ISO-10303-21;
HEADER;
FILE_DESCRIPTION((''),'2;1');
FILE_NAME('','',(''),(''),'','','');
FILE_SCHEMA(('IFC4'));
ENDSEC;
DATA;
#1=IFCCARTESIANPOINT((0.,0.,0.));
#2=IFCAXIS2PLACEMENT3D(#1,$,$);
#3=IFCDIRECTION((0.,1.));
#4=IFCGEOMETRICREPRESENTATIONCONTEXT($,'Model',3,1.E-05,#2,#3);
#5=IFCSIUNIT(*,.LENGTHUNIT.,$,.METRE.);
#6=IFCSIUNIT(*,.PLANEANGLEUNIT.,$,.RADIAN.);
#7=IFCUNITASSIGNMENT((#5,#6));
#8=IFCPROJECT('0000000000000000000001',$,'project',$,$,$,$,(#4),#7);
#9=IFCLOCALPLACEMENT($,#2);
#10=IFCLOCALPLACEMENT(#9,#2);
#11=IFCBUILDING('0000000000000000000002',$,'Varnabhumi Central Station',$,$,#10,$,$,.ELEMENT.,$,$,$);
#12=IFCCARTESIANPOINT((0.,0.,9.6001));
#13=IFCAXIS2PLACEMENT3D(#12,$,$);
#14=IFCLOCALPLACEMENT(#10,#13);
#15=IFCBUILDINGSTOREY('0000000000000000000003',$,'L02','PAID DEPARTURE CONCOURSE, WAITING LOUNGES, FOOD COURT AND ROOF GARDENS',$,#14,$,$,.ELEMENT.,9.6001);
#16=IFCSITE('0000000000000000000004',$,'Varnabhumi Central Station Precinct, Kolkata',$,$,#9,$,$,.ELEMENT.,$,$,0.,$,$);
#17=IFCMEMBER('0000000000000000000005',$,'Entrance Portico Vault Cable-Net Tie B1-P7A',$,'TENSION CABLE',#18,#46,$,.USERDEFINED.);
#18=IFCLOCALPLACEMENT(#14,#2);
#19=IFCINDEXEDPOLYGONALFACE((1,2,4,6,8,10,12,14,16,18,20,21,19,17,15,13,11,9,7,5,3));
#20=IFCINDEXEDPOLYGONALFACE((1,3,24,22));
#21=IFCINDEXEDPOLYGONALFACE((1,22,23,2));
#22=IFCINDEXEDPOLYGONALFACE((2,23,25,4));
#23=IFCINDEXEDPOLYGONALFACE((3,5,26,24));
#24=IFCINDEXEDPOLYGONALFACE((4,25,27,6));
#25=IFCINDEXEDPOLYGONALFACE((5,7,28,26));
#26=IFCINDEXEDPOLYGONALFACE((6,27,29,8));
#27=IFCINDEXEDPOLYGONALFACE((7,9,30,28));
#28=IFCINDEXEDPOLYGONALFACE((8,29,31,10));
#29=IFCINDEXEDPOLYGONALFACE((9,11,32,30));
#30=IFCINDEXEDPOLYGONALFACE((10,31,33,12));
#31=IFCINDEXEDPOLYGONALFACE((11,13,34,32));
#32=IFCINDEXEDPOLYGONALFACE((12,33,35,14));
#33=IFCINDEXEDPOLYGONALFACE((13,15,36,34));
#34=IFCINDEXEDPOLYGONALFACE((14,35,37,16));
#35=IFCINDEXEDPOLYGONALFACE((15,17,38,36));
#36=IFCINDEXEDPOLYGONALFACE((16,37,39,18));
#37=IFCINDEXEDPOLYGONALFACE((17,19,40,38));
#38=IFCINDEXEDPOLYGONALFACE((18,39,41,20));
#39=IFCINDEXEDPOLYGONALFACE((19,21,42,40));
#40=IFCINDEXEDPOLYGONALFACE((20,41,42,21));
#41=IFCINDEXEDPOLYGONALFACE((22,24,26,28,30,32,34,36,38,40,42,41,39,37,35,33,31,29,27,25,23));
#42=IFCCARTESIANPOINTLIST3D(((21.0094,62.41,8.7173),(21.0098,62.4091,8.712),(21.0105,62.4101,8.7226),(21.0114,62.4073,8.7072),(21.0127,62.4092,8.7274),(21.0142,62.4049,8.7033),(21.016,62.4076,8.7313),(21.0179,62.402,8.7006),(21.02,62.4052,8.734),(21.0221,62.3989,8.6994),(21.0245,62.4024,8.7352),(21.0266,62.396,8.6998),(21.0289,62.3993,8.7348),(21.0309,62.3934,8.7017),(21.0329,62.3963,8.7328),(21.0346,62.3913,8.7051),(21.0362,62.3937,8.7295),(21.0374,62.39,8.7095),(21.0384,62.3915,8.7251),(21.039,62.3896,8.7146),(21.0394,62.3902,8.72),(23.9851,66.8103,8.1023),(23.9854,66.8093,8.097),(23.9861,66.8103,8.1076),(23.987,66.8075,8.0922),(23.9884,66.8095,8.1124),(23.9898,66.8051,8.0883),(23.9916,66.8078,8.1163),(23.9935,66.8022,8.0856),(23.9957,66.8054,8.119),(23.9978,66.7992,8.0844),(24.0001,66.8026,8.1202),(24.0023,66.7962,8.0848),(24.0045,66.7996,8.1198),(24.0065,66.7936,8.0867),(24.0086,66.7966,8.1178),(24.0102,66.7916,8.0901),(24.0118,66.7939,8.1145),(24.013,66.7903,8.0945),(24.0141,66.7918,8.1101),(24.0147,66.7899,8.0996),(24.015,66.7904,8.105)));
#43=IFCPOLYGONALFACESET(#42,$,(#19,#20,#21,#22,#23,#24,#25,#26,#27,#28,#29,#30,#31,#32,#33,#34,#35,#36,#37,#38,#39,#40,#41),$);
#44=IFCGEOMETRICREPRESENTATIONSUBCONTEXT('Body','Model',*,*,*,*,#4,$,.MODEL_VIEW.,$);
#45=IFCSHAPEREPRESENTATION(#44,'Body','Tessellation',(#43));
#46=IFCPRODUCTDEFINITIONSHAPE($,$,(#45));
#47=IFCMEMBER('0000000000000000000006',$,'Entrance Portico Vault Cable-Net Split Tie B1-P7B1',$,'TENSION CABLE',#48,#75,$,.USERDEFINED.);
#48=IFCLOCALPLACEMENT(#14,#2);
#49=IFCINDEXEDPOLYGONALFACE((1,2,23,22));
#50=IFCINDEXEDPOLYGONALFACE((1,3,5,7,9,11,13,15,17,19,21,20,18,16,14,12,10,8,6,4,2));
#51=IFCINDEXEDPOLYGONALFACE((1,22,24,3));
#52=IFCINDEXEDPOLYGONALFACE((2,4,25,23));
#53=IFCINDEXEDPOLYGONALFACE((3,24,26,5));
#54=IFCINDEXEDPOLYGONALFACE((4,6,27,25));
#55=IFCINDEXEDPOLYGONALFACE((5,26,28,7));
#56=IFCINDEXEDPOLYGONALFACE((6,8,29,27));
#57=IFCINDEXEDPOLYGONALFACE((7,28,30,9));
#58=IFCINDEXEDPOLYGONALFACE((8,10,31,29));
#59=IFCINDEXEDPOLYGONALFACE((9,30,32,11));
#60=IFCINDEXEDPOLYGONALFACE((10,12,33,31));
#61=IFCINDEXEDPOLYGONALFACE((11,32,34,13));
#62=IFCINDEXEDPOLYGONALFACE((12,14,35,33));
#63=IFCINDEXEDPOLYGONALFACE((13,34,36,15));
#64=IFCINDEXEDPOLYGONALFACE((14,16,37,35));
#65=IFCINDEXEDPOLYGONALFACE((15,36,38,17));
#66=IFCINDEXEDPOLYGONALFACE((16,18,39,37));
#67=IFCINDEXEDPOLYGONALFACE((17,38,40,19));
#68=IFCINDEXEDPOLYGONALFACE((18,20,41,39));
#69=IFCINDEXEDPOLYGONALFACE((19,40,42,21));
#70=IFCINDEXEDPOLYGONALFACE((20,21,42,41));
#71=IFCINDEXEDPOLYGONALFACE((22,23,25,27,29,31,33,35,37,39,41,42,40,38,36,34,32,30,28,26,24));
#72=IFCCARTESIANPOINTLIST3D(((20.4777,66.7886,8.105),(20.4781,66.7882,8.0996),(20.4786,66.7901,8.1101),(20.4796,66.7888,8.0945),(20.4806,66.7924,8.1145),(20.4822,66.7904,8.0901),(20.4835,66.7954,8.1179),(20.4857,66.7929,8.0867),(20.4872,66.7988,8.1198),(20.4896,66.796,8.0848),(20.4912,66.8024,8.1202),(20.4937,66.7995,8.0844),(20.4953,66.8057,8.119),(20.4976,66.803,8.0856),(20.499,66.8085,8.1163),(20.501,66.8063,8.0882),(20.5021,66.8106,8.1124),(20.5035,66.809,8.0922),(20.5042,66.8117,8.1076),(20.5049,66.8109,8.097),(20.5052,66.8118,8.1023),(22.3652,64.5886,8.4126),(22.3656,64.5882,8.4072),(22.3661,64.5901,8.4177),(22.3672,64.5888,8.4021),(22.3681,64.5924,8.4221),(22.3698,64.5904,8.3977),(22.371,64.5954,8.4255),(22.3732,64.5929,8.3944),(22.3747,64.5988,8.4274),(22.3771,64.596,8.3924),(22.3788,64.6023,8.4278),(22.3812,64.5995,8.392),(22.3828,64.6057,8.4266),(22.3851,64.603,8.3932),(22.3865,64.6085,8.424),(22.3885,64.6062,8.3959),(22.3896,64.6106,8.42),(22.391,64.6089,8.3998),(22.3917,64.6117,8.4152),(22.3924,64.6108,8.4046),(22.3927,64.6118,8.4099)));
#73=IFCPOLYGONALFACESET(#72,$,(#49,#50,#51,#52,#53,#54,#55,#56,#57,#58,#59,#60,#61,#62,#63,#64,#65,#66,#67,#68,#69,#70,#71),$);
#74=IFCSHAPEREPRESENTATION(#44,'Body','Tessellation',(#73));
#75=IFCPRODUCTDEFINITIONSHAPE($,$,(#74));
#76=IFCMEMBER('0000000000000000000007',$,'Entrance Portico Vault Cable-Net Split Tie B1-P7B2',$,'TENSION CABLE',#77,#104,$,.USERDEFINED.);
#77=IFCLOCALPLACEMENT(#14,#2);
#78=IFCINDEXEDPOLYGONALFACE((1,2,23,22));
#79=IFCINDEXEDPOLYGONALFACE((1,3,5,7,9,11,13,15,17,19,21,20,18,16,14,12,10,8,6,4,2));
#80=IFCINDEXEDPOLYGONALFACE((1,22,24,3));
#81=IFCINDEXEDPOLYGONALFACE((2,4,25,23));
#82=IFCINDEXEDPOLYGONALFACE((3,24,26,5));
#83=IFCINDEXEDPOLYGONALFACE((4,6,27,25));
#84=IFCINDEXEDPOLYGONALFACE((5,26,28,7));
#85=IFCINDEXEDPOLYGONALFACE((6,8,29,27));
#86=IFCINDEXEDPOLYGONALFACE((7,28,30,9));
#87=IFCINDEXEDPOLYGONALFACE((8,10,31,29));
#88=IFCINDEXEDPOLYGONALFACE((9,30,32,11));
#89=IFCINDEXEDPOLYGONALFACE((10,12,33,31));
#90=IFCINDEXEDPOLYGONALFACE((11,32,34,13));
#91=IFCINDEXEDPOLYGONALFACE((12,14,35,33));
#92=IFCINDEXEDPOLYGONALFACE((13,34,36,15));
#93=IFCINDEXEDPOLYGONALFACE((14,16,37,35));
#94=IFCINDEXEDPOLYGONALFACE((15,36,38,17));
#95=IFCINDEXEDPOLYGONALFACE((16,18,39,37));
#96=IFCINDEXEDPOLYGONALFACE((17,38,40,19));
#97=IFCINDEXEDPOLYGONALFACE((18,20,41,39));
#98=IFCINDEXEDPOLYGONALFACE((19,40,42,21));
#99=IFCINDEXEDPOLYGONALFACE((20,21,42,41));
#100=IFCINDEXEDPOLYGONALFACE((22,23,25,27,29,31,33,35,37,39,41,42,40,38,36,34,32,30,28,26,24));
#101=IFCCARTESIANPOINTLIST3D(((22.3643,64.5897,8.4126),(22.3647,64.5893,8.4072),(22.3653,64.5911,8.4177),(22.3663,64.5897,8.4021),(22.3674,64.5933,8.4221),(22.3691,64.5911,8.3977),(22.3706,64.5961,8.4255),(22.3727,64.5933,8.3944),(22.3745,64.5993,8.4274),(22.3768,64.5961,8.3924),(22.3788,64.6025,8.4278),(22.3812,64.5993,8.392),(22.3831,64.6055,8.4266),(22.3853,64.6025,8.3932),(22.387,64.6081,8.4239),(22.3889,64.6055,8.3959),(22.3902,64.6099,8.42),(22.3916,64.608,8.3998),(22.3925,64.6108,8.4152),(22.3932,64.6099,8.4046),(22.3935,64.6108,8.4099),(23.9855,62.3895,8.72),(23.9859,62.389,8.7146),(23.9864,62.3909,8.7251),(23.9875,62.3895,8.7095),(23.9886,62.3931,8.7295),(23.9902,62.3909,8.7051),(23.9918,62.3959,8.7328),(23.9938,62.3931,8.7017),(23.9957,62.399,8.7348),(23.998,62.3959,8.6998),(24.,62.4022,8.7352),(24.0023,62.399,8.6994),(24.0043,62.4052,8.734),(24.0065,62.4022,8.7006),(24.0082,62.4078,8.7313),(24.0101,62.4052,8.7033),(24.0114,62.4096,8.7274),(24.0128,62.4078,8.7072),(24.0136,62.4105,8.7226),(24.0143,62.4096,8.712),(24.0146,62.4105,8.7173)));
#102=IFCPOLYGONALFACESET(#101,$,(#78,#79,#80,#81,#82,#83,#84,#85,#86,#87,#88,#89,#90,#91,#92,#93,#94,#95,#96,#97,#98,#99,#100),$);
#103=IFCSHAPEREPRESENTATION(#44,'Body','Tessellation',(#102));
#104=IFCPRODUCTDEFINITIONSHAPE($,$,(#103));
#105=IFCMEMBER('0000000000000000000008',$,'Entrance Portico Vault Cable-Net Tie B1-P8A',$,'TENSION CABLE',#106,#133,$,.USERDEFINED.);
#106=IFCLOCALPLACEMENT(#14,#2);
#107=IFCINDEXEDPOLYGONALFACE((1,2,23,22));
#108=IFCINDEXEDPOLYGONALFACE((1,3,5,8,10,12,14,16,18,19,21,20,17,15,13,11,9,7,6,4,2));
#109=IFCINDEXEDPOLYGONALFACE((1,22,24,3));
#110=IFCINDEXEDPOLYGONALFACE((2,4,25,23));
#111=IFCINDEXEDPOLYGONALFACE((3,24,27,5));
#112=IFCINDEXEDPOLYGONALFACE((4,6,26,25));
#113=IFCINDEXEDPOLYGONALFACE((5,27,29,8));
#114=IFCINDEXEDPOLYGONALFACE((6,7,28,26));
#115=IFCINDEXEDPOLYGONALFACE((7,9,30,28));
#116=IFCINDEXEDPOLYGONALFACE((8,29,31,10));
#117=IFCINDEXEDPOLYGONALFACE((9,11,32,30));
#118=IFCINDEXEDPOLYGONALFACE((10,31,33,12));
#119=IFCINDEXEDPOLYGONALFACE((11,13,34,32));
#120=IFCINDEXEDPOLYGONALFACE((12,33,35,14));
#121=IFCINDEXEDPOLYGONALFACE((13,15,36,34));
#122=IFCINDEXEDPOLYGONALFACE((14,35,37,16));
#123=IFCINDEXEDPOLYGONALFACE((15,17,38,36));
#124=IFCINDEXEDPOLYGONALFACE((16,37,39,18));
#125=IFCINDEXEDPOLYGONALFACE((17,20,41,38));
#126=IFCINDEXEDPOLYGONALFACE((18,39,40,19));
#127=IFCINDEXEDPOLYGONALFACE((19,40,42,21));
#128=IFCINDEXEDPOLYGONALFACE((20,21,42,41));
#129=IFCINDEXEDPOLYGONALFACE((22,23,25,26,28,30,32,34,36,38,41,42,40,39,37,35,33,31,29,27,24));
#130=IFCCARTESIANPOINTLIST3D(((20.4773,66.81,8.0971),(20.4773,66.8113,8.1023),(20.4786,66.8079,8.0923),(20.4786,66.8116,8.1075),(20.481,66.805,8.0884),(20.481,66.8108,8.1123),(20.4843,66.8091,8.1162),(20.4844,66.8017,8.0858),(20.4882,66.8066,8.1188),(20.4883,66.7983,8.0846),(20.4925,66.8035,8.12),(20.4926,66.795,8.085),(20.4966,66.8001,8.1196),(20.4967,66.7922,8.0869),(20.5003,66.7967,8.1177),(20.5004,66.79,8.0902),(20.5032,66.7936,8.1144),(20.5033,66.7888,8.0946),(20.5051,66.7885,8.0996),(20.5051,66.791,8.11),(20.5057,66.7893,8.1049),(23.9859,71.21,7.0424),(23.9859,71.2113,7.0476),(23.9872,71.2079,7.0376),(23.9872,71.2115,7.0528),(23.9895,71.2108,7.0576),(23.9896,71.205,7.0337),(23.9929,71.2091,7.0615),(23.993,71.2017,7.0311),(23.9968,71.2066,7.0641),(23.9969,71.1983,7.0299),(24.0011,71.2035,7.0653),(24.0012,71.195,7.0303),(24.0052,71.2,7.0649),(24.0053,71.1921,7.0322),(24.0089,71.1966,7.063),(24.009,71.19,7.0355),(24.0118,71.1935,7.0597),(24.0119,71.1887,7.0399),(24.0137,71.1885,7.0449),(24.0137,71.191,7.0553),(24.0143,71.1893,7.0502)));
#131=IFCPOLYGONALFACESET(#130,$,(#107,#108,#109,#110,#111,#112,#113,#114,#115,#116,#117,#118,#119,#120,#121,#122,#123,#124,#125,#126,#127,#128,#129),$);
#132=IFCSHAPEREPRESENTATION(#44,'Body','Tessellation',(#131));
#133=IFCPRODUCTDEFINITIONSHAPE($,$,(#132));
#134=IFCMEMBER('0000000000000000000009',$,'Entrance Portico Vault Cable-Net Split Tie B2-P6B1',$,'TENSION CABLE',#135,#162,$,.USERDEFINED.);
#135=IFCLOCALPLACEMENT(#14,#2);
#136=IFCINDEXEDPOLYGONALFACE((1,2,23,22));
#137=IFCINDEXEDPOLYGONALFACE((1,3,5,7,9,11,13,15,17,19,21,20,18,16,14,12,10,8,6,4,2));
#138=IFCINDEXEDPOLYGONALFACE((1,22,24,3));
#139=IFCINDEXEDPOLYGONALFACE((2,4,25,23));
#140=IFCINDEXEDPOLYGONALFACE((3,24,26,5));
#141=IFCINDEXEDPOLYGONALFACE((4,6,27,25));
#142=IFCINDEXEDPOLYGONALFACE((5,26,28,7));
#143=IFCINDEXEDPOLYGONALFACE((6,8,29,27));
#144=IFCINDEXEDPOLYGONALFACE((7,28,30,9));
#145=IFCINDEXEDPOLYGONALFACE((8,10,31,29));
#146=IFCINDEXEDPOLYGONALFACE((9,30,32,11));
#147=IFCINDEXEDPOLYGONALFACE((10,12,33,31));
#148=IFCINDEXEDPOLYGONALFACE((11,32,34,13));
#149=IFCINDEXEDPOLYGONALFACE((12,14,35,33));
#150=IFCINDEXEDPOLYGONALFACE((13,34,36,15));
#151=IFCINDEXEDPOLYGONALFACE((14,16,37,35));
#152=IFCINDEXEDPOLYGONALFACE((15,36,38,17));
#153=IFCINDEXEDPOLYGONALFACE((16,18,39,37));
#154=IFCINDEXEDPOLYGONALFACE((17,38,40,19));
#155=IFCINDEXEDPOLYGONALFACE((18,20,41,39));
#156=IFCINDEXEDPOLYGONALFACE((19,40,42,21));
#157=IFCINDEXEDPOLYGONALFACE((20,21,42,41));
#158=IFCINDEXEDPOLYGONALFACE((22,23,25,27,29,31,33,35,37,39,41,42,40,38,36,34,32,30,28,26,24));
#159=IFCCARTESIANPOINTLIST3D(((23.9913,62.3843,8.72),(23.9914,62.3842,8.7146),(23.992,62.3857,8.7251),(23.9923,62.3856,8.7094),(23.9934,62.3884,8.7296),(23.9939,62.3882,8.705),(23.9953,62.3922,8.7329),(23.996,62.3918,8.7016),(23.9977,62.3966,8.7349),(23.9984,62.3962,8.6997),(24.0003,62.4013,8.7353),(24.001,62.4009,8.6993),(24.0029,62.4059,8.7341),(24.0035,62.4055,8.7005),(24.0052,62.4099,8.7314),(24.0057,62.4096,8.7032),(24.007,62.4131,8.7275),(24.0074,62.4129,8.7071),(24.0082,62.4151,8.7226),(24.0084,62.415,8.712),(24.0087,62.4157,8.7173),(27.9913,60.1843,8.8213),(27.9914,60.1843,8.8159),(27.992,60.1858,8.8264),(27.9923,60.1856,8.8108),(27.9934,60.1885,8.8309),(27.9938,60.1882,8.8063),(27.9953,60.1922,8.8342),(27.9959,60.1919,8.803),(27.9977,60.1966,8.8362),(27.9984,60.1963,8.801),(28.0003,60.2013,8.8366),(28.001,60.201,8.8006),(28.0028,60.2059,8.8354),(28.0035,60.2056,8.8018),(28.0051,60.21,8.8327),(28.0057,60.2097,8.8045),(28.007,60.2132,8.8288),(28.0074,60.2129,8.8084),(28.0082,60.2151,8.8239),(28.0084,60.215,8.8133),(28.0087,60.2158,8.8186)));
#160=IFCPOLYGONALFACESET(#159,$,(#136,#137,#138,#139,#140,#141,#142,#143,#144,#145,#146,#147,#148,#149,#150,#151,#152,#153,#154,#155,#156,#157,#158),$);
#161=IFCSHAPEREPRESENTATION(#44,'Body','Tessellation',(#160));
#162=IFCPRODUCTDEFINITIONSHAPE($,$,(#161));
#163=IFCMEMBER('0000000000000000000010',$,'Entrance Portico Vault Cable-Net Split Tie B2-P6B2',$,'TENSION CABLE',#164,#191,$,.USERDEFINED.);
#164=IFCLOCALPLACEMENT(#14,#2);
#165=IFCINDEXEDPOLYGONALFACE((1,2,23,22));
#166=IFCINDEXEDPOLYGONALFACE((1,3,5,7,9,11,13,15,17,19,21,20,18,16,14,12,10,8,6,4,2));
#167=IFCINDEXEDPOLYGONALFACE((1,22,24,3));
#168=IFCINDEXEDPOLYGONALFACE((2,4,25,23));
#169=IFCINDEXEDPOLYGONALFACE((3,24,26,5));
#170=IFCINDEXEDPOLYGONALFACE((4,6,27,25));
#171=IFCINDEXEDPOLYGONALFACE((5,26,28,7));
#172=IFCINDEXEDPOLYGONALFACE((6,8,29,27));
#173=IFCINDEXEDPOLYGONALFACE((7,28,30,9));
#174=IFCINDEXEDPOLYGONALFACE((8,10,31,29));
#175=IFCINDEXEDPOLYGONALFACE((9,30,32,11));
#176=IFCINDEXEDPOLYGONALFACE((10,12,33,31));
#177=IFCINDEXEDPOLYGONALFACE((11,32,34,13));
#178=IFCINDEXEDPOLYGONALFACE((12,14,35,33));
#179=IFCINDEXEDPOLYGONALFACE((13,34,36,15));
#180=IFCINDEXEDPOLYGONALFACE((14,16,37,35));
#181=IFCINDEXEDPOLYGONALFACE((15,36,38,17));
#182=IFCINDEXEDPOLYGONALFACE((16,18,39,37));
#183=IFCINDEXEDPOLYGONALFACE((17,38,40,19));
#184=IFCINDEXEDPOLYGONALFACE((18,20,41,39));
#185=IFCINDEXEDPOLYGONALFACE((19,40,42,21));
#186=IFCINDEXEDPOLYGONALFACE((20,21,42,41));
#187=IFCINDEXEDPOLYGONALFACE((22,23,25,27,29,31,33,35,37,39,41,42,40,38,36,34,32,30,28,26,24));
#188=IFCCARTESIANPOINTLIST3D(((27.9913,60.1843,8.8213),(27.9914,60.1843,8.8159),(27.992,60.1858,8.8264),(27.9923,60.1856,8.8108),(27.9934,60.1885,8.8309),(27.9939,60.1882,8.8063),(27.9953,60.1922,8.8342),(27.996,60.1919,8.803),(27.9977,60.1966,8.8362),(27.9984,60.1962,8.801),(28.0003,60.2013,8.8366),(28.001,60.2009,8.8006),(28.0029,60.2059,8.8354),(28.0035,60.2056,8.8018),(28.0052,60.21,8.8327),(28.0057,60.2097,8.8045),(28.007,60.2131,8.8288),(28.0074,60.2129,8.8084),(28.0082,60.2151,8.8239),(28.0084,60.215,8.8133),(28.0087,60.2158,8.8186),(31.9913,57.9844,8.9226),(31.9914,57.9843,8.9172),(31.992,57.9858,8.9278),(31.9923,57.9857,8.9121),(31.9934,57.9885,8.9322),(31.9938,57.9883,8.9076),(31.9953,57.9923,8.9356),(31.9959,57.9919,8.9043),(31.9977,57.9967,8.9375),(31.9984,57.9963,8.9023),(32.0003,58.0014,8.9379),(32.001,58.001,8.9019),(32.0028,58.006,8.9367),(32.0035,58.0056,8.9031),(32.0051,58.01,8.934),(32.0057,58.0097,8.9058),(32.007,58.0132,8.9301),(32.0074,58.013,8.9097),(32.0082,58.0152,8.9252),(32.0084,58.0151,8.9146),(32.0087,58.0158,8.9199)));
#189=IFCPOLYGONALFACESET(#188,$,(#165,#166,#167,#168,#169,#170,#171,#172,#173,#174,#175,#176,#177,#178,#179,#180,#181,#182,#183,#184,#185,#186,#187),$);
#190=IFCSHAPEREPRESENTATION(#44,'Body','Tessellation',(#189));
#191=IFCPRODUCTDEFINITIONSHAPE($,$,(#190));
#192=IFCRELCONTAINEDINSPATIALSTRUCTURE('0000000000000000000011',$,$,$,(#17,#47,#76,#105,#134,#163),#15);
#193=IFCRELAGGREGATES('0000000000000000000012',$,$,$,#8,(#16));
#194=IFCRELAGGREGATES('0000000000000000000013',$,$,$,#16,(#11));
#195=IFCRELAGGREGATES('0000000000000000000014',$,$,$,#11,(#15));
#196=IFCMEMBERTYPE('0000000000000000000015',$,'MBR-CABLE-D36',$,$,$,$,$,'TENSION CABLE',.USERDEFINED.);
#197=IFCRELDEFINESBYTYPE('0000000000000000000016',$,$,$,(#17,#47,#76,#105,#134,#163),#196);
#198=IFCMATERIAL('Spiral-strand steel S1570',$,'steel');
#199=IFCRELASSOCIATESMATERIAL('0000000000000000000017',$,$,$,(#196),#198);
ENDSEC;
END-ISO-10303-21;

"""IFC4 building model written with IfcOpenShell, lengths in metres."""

from ifc_helpers import new_model, si_unit, direction, frame, origin, origin_2d, place, context, subcontext, project, spatial, circle, extrude, material, material_profile, profile_set, type_object, element, save


model = new_model("IFC4")

# Units and contexts
model_context = context("Model", 3, precision=1e-05, world=origin(), true_north=direction((0.0, 1.0)))
body_context = subcontext(model_context, "Body", "Model", "MODEL_VIEW")
ifc_project = project(units=[si_unit("LENGTHUNIT", "METRE"), si_unit("PLANEANGLEUNIT", "RADIAN")], contexts=[model_context])

# Site, building, storey
site_placement = place(None, origin())
site = spatial("IfcSite", under=ifc_project, at=site_placement, Name="Varnabhumi Central Station Precinct, Kolkata", CompositionType="ELEMENT", RefElevation=0.0)
building_placement = place(site_placement, origin())
building = spatial("IfcBuilding", under=site, at=building_placement, Name="Varnabhumi Central Station", CompositionType="ELEMENT")
storey_placement = place(building_placement, frame((0.0, 0.0, 9.6001)))
storey = spatial("IfcBuildingStorey", under=building, at=storey_placement, Name="L02", Description="PAID DEPARTURE CONCOURSE, WAITING LOUNGES, FOOD COURT AND ROOF GARDENS", CompositionType="ELEMENT", Elevation=9.6001)

# Members
ifc_material_1 = material(Name="Spiral-strand steel S1570", Category="steel")
ifc_material_profile_1 = material_profile(ifc_material_1, circle(Radius=0.0181, at=origin_2d()), Name="Spiral-strand steel S1570", Category="steel")
ifc_profile_set_1 = profile_set([ifc_material_profile_1], Name="Spiral-strand steel S1570")
member_type_1 = type_object("IfcMemberType", Name="MBR-CABLE-D36", ElementType="TENSION CABLE", PredefinedType="USERDEFINED", material=ifc_profile_set_1)
member_1_placement = place(storey_placement, frame((21.0244, 62.3999, 8.7173), z_axis=(0.556465, 0.822873, -0.115009), x_axis=(-0.828369, 0.560182, 0.0)))
element("IfcMember", 1, at=member_1_placement, inside=storey, type_object=member_type_1, Name="Entrance Portico Vault Cable-Net Tie B1-P7A", ObjectType="TENSION CABLE", PredefinedType="USERDEFINED", context=body_context, shape_type="SweptSolid", body=[
    extrude(circle(Radius=0.0181, at=origin_2d()), origin(), (0.0, 0.0, 1.0), 5.3474),
])
member_2_placement = place(storey_placement, frame((20.4915, 66.8, 8.1023), z_axis=(0.647509, -0.754715, 0.105531), x_axis=(0.758953, 0.651145, 0.0)))
element("IfcMember", 2, at=member_2_placement, inside=storey, type_object=member_type_1, Name="Entrance Portico Vault Cable-Net Split Tie B1-P7B1", ObjectType="TENSION CABLE", PredefinedType="USERDEFINED", context=body_context, shape_type="SweptSolid", body=[
    extrude(circle(Radius=0.0181, at=origin_2d()), origin(), (0.0, 0.0, 1.0), 2.915),
])
member_3_placement = place(storey_placement, frame((22.3789, 64.6001, 8.4099), z_axis=(0.589458, -0.80003, 0.111766), x_axis=(0.805074, 0.593175, 0.0)))
element("IfcMember", 3, at=member_3_placement, inside=storey, type_object=member_type_1, Name="Entrance Portico Vault Cable-Net Split Tie B1-P7B2", ObjectType="TENSION CABLE", PredefinedType="USERDEFINED", context=body_context, shape_type="SweptSolid", body=[
    extrude(circle(Radius=0.0181, at=origin_2d()), origin(), (0.0, 0.0, 1.0), 2.7502),
])
member_4_placement = place(storey_placement, frame((20.4915, 66.8, 8.1023), z_axis=(0.612792, 0.768474, -0.184209), x_axis=(-0.781854, 0.623462, 0.0)))
element("IfcMember", 4, at=member_4_placement, inside=storey, type_object=member_type_1, Name="Entrance Portico Vault Cable-Net Tie B1-P8A", ObjectType="TENSION CABLE", PredefinedType="USERDEFINED", context=body_context, shape_type="SweptSolid", body=[
    extrude(circle(Radius=0.0181, at=origin_2d()), origin(), (0.0, 0.0, 1.0), 5.7256),
])
for number, where, z_axis, x_axis, name in (
    (5, (24.0, 62.3999, 8.7173), (0.876005, -0.481792, 0.022189), (0.481911, 0.87622, 0.0), "Entrance Portico Vault Cable-Net Split Tie B2-P6B1"),
    (6, (28.0, 60.2, 8.8186), (0.876005, -0.481792, 0.022189), (0.481911, 0.87622, 0.0), "Entrance Portico Vault Cable-Net Split Tie B2-P6B2"),
):
    element("IfcMember", number, at=place(storey_placement, frame(where, z_axis=z_axis, x_axis=x_axis)), inside=storey, type_object=member_type_1, Name=name, ObjectType="TENSION CABLE", PredefinedType="USERDEFINED", context=body_context, shape_type="SweptSolid", body=[
        extrude(circle(Radius=0.0181, at=origin_2d()), origin(), (0.0, 0.0, 1.0), 4.5662),
    ])

save(model, "model.ifc")
